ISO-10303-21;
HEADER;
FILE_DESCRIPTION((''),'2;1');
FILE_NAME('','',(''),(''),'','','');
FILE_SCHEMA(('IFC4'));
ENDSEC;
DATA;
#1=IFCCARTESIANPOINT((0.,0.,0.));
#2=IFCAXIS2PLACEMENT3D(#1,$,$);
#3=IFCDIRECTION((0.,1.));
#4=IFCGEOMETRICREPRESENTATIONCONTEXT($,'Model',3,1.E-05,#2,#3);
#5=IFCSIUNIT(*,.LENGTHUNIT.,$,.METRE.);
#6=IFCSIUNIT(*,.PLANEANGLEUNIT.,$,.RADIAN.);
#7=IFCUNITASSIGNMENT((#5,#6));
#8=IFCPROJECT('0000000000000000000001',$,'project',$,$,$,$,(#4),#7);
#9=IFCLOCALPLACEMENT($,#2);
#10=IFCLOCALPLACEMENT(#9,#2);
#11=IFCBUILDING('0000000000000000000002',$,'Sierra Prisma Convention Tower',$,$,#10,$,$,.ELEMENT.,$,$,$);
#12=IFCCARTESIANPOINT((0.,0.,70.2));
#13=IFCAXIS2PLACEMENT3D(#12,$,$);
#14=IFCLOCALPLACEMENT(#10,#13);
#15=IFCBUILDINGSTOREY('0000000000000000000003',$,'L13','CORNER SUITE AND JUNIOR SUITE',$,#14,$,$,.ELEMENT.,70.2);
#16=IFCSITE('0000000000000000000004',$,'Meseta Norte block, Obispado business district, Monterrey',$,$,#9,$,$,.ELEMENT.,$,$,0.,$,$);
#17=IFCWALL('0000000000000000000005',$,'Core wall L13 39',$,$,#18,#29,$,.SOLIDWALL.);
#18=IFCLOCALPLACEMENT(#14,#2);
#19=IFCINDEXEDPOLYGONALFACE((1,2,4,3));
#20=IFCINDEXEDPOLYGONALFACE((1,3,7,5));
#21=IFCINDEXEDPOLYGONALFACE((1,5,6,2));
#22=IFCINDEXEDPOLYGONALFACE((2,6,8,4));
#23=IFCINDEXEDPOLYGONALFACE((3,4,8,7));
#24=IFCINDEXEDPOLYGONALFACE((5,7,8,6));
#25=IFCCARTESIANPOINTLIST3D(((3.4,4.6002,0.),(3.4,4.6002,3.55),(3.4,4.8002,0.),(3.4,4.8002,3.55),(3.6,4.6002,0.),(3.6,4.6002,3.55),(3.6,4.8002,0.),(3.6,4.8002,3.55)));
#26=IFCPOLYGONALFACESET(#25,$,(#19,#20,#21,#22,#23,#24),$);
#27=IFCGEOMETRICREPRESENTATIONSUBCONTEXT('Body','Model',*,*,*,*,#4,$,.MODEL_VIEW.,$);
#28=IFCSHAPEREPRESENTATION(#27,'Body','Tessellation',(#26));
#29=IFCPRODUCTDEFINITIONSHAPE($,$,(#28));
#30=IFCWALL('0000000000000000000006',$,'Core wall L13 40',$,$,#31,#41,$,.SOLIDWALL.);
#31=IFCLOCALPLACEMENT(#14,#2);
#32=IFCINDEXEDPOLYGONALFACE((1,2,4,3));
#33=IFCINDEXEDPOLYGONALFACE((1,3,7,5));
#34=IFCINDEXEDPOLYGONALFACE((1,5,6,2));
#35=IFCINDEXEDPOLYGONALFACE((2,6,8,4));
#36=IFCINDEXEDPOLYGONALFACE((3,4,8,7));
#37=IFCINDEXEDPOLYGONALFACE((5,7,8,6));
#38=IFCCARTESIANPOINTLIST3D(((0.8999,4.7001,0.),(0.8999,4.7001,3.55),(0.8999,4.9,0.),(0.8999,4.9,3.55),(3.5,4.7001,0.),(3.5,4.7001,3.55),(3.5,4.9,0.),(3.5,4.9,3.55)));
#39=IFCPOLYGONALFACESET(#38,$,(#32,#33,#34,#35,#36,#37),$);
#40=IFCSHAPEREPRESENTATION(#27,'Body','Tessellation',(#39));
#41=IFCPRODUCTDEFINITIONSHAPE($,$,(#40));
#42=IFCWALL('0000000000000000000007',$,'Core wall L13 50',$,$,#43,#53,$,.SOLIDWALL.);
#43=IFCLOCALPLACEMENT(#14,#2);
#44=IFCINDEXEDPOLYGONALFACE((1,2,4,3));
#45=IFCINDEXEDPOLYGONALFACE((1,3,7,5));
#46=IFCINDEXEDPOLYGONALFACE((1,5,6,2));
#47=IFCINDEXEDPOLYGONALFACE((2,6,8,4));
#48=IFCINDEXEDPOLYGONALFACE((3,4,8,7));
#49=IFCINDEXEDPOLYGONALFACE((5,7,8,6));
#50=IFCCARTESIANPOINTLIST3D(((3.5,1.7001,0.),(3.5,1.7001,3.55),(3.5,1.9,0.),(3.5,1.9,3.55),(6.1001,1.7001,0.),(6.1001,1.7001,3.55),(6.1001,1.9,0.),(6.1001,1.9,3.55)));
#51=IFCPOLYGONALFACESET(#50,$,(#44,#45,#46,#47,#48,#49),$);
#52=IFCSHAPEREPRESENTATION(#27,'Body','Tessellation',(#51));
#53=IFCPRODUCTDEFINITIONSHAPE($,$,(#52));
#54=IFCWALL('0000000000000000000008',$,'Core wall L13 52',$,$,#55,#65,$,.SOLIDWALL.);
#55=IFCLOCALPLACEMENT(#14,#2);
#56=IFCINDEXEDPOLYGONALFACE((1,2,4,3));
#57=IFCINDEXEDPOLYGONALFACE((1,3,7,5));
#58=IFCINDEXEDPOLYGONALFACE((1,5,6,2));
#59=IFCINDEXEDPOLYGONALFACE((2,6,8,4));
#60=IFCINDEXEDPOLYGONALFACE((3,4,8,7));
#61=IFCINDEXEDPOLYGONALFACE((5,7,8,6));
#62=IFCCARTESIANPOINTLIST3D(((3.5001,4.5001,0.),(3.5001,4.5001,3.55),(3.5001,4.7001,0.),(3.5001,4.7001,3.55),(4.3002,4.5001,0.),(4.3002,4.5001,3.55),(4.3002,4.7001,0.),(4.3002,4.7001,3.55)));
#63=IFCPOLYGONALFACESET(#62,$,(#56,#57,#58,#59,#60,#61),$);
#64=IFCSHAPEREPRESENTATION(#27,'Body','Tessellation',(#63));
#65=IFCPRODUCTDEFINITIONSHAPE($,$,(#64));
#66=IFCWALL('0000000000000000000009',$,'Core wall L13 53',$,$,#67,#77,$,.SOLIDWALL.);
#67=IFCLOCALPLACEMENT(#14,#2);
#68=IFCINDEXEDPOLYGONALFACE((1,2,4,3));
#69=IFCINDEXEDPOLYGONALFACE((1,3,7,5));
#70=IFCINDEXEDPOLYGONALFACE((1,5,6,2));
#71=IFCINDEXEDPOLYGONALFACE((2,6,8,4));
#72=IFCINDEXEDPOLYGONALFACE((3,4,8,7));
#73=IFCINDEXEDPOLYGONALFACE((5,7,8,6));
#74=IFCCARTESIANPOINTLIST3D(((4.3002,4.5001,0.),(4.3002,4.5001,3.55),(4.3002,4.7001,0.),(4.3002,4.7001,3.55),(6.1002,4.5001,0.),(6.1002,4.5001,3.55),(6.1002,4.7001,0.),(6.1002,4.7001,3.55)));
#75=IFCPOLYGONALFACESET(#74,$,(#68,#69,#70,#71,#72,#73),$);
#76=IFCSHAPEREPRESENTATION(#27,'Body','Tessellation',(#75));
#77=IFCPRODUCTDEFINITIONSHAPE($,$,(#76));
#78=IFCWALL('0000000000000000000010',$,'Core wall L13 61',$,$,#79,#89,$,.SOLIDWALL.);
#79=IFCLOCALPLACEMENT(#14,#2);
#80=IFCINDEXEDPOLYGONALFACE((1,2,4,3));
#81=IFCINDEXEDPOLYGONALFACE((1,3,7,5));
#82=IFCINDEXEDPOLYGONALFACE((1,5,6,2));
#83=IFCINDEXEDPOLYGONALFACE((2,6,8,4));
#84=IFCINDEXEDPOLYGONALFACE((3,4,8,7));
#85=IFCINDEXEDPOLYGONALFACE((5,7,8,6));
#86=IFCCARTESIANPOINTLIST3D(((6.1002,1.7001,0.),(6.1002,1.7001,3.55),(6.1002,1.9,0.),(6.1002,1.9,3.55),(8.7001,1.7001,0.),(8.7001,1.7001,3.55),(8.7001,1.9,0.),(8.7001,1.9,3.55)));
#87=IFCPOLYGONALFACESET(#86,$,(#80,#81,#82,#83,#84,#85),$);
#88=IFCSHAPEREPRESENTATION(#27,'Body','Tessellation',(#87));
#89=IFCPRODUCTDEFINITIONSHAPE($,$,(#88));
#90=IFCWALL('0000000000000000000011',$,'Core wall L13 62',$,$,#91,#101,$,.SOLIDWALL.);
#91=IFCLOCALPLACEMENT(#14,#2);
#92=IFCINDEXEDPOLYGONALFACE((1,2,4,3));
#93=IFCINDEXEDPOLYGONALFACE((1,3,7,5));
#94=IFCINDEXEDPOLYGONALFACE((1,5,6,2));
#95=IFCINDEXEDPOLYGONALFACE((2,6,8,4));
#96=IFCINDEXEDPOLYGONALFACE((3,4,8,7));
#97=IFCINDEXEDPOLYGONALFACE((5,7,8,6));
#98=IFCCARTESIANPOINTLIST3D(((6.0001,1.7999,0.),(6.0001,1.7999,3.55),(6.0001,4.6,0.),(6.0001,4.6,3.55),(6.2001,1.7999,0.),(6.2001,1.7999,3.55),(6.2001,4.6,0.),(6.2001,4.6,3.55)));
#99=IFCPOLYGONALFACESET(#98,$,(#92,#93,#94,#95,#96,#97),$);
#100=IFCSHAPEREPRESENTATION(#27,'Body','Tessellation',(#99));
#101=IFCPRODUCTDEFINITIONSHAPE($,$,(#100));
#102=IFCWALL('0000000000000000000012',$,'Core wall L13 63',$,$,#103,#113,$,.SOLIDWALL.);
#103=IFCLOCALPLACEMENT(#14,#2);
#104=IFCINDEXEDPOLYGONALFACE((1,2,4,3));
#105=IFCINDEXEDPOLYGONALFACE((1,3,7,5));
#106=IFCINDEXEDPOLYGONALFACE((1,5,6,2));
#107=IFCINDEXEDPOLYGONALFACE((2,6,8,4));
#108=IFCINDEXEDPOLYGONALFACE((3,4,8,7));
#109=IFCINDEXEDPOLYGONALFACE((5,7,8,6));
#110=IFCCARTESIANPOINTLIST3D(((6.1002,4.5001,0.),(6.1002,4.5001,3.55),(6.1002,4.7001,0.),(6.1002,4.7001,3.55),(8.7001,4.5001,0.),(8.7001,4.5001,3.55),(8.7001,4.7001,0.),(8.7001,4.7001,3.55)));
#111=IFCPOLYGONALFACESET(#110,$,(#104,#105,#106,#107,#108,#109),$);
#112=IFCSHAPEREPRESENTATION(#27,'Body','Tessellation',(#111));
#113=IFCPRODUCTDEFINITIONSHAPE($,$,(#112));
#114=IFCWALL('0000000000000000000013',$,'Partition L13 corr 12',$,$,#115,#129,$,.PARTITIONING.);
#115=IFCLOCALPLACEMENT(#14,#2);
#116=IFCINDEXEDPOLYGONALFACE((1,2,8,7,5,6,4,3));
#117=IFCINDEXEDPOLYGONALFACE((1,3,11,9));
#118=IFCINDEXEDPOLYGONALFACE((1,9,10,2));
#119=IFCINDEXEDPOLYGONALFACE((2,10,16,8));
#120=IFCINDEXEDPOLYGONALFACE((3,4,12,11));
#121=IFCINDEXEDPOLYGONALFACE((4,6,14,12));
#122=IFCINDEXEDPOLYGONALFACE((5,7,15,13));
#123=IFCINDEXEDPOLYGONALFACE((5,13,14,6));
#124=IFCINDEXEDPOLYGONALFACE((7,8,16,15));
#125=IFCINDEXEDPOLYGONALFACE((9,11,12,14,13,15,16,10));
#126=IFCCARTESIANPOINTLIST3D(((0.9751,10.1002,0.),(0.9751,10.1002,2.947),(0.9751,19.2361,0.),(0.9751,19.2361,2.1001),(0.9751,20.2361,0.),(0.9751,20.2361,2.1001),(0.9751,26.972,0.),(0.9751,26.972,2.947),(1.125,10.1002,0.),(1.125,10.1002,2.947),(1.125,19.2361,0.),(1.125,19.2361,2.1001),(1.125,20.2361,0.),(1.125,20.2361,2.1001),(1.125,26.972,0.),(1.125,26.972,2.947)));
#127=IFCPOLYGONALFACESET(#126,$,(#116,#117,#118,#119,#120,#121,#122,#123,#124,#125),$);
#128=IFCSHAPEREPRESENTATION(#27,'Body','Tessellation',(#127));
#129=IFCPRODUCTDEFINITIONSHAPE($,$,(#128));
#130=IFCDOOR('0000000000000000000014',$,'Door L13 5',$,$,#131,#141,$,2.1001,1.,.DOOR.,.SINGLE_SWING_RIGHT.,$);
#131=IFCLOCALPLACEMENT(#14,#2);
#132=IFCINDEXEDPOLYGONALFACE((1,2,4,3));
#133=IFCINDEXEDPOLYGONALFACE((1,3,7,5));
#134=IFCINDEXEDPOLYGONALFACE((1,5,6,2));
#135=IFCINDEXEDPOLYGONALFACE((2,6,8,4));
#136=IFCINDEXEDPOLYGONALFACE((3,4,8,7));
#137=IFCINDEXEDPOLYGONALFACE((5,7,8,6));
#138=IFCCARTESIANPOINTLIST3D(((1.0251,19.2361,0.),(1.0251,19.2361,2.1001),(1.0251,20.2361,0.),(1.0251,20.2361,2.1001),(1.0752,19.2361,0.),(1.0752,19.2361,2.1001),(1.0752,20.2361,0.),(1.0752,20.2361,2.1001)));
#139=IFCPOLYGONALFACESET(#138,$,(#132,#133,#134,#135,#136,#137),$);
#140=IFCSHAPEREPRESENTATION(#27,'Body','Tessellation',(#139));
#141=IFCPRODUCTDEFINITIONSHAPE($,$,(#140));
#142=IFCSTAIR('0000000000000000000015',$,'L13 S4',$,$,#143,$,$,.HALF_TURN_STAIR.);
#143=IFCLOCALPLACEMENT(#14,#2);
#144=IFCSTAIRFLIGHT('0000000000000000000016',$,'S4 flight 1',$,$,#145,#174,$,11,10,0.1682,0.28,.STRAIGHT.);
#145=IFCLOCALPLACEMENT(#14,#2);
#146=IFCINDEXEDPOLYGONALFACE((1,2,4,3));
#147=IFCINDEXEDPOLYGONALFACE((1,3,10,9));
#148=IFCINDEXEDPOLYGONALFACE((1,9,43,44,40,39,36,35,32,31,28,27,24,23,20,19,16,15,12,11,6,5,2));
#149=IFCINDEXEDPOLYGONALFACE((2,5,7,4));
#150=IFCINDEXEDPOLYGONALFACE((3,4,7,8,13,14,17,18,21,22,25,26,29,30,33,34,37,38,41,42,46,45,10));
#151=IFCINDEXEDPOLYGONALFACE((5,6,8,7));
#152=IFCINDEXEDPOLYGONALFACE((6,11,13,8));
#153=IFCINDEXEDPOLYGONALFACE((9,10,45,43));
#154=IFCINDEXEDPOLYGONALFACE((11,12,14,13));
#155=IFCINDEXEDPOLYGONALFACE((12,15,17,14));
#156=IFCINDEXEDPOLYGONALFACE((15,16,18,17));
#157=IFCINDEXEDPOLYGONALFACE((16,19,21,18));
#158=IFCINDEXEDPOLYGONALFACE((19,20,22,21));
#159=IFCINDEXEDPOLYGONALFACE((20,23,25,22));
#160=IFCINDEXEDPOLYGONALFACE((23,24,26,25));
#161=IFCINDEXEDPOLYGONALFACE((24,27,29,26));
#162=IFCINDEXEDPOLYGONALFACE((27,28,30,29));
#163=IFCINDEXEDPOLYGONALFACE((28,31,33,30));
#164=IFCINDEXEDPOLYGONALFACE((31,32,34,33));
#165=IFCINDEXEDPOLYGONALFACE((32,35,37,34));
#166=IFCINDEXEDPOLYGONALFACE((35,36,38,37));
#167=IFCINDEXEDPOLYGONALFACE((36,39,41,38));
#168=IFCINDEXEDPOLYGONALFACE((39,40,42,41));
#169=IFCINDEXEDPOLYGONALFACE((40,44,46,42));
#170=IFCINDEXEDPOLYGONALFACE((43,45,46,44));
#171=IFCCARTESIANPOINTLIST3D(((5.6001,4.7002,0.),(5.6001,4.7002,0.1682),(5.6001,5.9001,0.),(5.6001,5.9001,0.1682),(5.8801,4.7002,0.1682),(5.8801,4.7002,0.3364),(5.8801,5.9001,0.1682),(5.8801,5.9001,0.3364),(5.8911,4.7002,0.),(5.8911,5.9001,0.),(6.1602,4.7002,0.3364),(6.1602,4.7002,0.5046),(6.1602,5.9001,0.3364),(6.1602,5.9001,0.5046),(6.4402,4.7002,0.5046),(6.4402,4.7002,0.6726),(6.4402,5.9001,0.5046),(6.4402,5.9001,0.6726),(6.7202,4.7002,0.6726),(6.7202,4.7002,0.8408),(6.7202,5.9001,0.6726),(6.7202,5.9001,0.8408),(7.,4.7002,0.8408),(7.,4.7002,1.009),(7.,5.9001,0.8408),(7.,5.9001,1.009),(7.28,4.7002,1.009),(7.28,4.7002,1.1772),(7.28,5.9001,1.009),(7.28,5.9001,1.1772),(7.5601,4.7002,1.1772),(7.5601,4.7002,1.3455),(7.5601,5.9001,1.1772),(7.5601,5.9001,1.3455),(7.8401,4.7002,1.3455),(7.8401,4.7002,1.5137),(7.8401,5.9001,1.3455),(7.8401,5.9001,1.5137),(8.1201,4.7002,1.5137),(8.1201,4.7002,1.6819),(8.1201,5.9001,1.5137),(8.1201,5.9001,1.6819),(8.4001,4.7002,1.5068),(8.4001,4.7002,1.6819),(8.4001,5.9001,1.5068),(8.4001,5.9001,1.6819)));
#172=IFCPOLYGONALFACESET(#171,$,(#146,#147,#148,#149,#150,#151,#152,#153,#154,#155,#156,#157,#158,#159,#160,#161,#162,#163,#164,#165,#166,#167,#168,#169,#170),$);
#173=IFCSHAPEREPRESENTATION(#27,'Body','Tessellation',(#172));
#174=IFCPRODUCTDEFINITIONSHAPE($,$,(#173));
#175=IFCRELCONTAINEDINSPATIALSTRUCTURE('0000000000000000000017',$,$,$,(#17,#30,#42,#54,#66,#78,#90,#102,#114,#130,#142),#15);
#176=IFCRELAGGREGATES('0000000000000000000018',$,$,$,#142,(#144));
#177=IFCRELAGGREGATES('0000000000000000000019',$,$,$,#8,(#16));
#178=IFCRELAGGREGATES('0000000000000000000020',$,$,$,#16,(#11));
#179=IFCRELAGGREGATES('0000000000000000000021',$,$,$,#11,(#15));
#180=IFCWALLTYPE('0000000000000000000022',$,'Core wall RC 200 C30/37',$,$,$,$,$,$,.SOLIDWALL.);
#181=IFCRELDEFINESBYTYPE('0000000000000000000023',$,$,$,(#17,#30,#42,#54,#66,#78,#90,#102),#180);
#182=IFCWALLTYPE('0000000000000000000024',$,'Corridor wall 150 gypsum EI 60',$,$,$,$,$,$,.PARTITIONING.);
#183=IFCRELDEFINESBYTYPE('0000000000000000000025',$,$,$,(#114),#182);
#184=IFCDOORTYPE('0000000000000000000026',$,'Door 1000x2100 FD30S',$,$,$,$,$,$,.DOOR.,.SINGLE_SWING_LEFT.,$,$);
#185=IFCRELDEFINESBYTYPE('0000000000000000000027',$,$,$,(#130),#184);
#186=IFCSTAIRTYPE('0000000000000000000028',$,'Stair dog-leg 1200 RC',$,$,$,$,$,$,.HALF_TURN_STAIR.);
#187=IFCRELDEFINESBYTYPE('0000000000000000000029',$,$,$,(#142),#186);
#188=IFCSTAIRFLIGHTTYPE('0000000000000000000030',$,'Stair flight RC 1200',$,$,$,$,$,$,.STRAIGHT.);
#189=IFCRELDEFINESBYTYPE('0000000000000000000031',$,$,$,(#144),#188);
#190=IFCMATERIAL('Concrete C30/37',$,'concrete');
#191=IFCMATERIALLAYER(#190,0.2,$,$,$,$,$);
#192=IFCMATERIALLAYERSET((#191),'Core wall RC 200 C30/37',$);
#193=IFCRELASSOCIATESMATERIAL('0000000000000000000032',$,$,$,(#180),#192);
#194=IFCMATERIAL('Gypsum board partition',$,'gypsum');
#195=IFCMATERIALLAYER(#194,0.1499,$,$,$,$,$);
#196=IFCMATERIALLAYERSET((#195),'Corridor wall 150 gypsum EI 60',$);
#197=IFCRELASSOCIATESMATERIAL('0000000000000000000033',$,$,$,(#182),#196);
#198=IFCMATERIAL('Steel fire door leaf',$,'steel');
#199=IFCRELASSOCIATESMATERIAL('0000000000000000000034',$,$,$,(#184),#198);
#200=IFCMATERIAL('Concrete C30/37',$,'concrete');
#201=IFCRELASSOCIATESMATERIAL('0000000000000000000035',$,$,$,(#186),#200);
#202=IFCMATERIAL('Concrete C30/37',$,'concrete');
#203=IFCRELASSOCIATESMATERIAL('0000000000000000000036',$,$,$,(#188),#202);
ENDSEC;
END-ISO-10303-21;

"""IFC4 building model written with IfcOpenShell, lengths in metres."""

from ifc_helpers import new_model, si_unit, direction, frame, frame_2d, origin, place, context, subcontext, project, spatial, polyline, rectangle, outline, extrude, material, layer, layer_set, type_object, element, fill, aggregate, save


model = new_model("IFC4")

# Units and contexts
model_context = context("Model", 3, precision=1e-05, world=origin(), true_north=direction((0.0, 1.0)))
body_context = subcontext(model_context, "Body", "Model", "MODEL_VIEW")
ifc_project = project(units=[si_unit("LENGTHUNIT", "METRE"), si_unit("PLANEANGLEUNIT", "RADIAN")], contexts=[model_context])

# Site, building, storey
site_placement = place(None, origin())
site = spatial("IfcSite", under=ifc_project, at=site_placement, Name="Meseta Norte block, Obispado business district, Monterrey", CompositionType="ELEMENT", RefElevation=0.0)
building_placement = place(site_placement, origin())
building = spatial("IfcBuilding", under=site, at=building_placement, Name="Sierra Prisma Convention Tower", CompositionType="ELEMENT")
storey_placement = place(building_placement, frame((0.0, 0.0, 70.2)))
storey = spatial("IfcBuildingStorey", under=building, at=storey_placement, Name="L13", Description="CORNER SUITE AND JUNIOR SUITE", CompositionType="ELEMENT", Elevation=70.2)

# Walls
ifc_material_1 = material(Name="Concrete C30/37", Category="concrete")
ifc_layer_1 = layer(ifc_material_1, 0.2)
ifc_layer_set_1 = layer_set([ifc_layer_1], Name="Core wall RC 200 C30/37")
wall_type_1 = type_object("IfcWallType", Name="Core wall RC 200 C30/37", PredefinedType="SOLIDWALL", material=ifc_layer_set_1)
wall_1_placement = place(storey_placement, frame((3.5, 4.6001, 0.0), z_axis=(0.0, 0.0, 1.0), x_axis=(0.0, 1.0, 0.0)))
element("IfcWall", 1, at=wall_1_placement, inside=storey, type_object=wall_type_1, Name="Core wall L13 39", PredefinedType="SOLIDWALL", context=body_context, shape_type="SweptSolid", body=[
    extrude(rectangle(XDim=0.2, YDim=0.2, at=frame_2d((0.1001, 0.0))), origin(), (0.0, 0.0, 1.0), 3.55),
])
wall_2_placement = place(storey_placement, frame((3.5, 4.8, 0.0), z_axis=(0.0, 0.0, 1.0), x_axis=(-1.0, 0.0, 0.0)))
element("IfcWall", 2, at=wall_2_placement, inside=storey, type_object=wall_type_1, Name="Core wall L13 40", PredefinedType="SOLIDWALL", context=body_context, shape_type="SweptSolid", body=[
    extrude(rectangle(XDim=2.6001, YDim=0.2, at=frame_2d((1.3, 0.0))), origin(), (0.0, 0.0, 1.0), 3.55),
])

# Walls
wall_3_placement = place(storey_placement, frame((6.1001, 1.8, 0.0), z_axis=(0.0, 0.0, 1.0), x_axis=(-1.0, 0.0, 0.0)))
element("IfcWall", 3, at=wall_3_placement, inside=storey, type_object=wall_type_1, Name="Core wall L13 50", PredefinedType="SOLIDWALL", context=body_context, shape_type="SweptSolid", body=[
    extrude(rectangle(XDim=2.6001, YDim=0.2, at=frame_2d((1.3, 0.0))), origin(), (0.0, 0.0, 1.0), 3.55),
])
wall_4_placement = place(storey_placement, frame((4.3, 4.6001, 0.0), z_axis=(0.0, 0.0, 1.0), x_axis=(-1.0, 0.0, 0.0)))
element("IfcWall", 4, at=wall_4_placement, inside=storey, type_object=wall_type_1, Name="Core wall L13 52", PredefinedType="SOLIDWALL", context=body_context, shape_type="SweptSolid", body=[
    extrude(rectangle(XDim=0.8, YDim=0.2, at=frame_2d((0.3999, 0.0))), origin(), (0.0, 0.0, 1.0), 3.55),
])
wall_5_placement = place(storey_placement, frame((6.1001, 4.6001, 0.0), z_axis=(0.0, 0.0, 1.0), x_axis=(-1.0, 0.0, 0.0)))
element("IfcWall", 5, at=wall_5_placement, inside=storey, type_object=wall_type_1, Name="Core wall L13 53", PredefinedType="SOLIDWALL", context=body_context, shape_type="SweptSolid", body=[
    extrude(rectangle(XDim=1.8, YDim=0.2, at=frame_2d((0.8999, 0.0))), origin(), (0.0, 0.0, 1.0), 3.55),
])

# Walls
wall_6_placement = place(storey_placement, frame((8.7, 1.8, 0.0), z_axis=(0.0, 0.0, 1.0), x_axis=(-1.0, 0.0, 0.0)))
element("IfcWall", 6, at=wall_6_placement, inside=storey, type_object=wall_type_1, Name="Core wall L13 61", PredefinedType="SOLIDWALL", context=body_context, shape_type="SweptSolid", body=[
    extrude(rectangle(XDim=2.5999, YDim=0.2, at=frame_2d((1.2998, 0.0))), origin(), (0.0, 0.0, 1.0), 3.55),
])
wall_7_placement = place(storey_placement, frame((6.1001, 1.8, 0.0), z_axis=(0.0, 0.0, 1.0), x_axis=(0.0, 1.0, 0.0)))
element("IfcWall", 7, at=wall_7_placement, inside=storey, type_object=wall_type_1, Name="Core wall L13 62", PredefinedType="SOLIDWALL", context=body_context, shape_type="SweptSolid", body=[
    extrude(rectangle(XDim=2.8, YDim=0.2, at=frame_2d((1.3999, 0.0))), origin(), (0.0, 0.0, 1.0), 3.55),
])
wall_8_placement = place(storey_placement, frame((8.7, 4.6001, 0.0), z_axis=(0.0, 0.0, 1.0), x_axis=(-1.0, 0.0, 0.0)))
element("IfcWall", 8, at=wall_8_placement, inside=storey, type_object=wall_type_1, Name="Core wall L13 63", PredefinedType="SOLIDWALL", context=body_context, shape_type="SweptSolid", body=[
    extrude(rectangle(XDim=2.5999, YDim=0.2, at=frame_2d((1.2998, 0.0))), origin(), (0.0, 0.0, 1.0), 3.55),
])

# Wall, opening, door
ifc_material_2 = material(Name="Gypsum board partition", Category="gypsum")
ifc_layer_2 = layer(ifc_material_2, 0.1499)
ifc_layer_set_2 = layer_set([ifc_layer_2], Name="Corridor wall 150 gypsum EI 60")
wall_type_2 = type_object("IfcWallType", Name="Corridor wall 150 gypsum EI 60", PredefinedType="PARTITIONING", material=ifc_layer_set_2)
wall_9_placement = place(storey_placement, frame((1.05, 10.1001, 0.0), z_axis=(0.0, 0.0, 1.0), x_axis=(0.0, 1.0, 0.0)))
wall_9 = element("IfcWall", 9, at=wall_9_placement, inside=storey, type_object=wall_type_2, Name="Partition L13 corr 12", PredefinedType="PARTITIONING", context=body_context, shape_type="SweptSolid", body=[
    extrude(rectangle(XDim=16.8718, YDim=0.1499, at=frame_2d((8.436, 0.0))), origin(), (0.0, 0.0, 1.0), 2.947),
])
opening_1_placement = place(wall_9_placement, frame((9.136, 0.0, 0.0)))
opening_1 = element("IfcOpeningElement", 10, at=opening_1_placement, cuts=wall_9, PredefinedType="OPENING", context=body_context, shape_type="SweptSolid", body=[
    extrude(rectangle(XDim=1.0, YDim=2.1001, at=frame_2d((0.5, 1.05))), frame((0.0, 0.075, 0.0), z_axis=(0.0, -1.0, 0.0), x_axis=(1.0, 0.0, 0.0)), (0.0, 0.0, 1.0), 0.1499),
])
ifc_material_3 = material(Name="Steel fire door leaf", Category="steel")
door_type_1 = type_object("IfcDoorType", Name="Door 1000x2100 FD30S", OperationType="SINGLE_SWING_LEFT", PredefinedType="DOOR", material=ifc_material_3)
door_1_placement = place(opening_1_placement, origin())
door_1 = element("IfcDoor", 11, at=door_1_placement, inside=storey, type_object=door_type_1, Name="Door L13 5", OperationType="SINGLE_SWING_RIGHT", OverallHeight=2.1001, OverallWidth=1.0, PredefinedType="DOOR", context=body_context, shape_type="SweptSolid", body=[
    extrude(rectangle(XDim=1.0, YDim=2.1001, at=frame_2d((0.5, 1.05))), frame((0.0, 0.0249, 0.0), z_axis=(0.0, -1.0, 0.0), x_axis=(1.0, 0.0, 0.0)), (0.0, 0.0, 1.0), 0.05),
])
fill(opening_1, door_1)

# Stair, stair flight
ifc_material_4 = material(Name="Concrete C30/37", Category="concrete")
stair_type = type_object("IfcStairType", Name="Stair dog-leg 1200 RC", PredefinedType="HALF_TURN_STAIR", material=ifc_material_4)
stair_placement = place(storey_placement, origin())
stair = element("IfcStair", 12, at=stair_placement, inside=storey, type_object=stair_type, Name="L13 S4", PredefinedType="HALF_TURN_STAIR")
ifc_material_5 = material(Name="Concrete C30/37", Category="concrete")
stair_flight_type = type_object("IfcStairFlightType", Name="Stair flight RC 1200", PredefinedType="STRAIGHT", material=ifc_material_5)
stair_flight_1_placement = place(storey_placement, frame((5.6001, 5.3, 0.0), z_axis=(0.0, 0.0, 1.0), x_axis=(1.0, 0.0, 0.0)))
stair_flight_1 = element("IfcStairFlight", 13, at=stair_flight_1_placement, type_object=stair_flight_type, Name="S4 flight 1", NumberOfRisers=11, NumberOfTreads=10, PredefinedType="STRAIGHT", RiserHeight=0.1682, TreadLength=0.28, context=body_context, shape_type="SweptSolid", body=[
    extrude(outline(polyline([(0.0, 0.0), (0.0, 0.1682), (0.28, 0.1682), (0.28, 0.3364), (0.5601, 0.3364), (0.5601, 0.5046), (0.8401, 0.5046), (0.8401, 0.6726), (1.1201, 0.6726), (1.1201, 0.8408), (1.3999, 0.8408), (1.3999, 1.009), (1.6799, 1.009), (1.6799, 1.1772), (1.96, 1.1772), (1.96, 1.3455), (2.24, 1.3455), (2.24, 1.5137), (2.52, 1.5137), (2.52, 1.6819), (2.8, 1.6819), (2.8, 1.8501), (2.8, 1.5068), (0.291, 0.0), (0.0, 0.0)])), frame((0.0, 0.6001, 0.0), z_axis=(0.0, -1.0, 0.0), x_axis=(1.0, 0.0, 0.0)), (0.0, 0.0, 1.0), 1.2),
])
aggregate(stair, [stair_flight_1])

save(model, "model.ifc")
